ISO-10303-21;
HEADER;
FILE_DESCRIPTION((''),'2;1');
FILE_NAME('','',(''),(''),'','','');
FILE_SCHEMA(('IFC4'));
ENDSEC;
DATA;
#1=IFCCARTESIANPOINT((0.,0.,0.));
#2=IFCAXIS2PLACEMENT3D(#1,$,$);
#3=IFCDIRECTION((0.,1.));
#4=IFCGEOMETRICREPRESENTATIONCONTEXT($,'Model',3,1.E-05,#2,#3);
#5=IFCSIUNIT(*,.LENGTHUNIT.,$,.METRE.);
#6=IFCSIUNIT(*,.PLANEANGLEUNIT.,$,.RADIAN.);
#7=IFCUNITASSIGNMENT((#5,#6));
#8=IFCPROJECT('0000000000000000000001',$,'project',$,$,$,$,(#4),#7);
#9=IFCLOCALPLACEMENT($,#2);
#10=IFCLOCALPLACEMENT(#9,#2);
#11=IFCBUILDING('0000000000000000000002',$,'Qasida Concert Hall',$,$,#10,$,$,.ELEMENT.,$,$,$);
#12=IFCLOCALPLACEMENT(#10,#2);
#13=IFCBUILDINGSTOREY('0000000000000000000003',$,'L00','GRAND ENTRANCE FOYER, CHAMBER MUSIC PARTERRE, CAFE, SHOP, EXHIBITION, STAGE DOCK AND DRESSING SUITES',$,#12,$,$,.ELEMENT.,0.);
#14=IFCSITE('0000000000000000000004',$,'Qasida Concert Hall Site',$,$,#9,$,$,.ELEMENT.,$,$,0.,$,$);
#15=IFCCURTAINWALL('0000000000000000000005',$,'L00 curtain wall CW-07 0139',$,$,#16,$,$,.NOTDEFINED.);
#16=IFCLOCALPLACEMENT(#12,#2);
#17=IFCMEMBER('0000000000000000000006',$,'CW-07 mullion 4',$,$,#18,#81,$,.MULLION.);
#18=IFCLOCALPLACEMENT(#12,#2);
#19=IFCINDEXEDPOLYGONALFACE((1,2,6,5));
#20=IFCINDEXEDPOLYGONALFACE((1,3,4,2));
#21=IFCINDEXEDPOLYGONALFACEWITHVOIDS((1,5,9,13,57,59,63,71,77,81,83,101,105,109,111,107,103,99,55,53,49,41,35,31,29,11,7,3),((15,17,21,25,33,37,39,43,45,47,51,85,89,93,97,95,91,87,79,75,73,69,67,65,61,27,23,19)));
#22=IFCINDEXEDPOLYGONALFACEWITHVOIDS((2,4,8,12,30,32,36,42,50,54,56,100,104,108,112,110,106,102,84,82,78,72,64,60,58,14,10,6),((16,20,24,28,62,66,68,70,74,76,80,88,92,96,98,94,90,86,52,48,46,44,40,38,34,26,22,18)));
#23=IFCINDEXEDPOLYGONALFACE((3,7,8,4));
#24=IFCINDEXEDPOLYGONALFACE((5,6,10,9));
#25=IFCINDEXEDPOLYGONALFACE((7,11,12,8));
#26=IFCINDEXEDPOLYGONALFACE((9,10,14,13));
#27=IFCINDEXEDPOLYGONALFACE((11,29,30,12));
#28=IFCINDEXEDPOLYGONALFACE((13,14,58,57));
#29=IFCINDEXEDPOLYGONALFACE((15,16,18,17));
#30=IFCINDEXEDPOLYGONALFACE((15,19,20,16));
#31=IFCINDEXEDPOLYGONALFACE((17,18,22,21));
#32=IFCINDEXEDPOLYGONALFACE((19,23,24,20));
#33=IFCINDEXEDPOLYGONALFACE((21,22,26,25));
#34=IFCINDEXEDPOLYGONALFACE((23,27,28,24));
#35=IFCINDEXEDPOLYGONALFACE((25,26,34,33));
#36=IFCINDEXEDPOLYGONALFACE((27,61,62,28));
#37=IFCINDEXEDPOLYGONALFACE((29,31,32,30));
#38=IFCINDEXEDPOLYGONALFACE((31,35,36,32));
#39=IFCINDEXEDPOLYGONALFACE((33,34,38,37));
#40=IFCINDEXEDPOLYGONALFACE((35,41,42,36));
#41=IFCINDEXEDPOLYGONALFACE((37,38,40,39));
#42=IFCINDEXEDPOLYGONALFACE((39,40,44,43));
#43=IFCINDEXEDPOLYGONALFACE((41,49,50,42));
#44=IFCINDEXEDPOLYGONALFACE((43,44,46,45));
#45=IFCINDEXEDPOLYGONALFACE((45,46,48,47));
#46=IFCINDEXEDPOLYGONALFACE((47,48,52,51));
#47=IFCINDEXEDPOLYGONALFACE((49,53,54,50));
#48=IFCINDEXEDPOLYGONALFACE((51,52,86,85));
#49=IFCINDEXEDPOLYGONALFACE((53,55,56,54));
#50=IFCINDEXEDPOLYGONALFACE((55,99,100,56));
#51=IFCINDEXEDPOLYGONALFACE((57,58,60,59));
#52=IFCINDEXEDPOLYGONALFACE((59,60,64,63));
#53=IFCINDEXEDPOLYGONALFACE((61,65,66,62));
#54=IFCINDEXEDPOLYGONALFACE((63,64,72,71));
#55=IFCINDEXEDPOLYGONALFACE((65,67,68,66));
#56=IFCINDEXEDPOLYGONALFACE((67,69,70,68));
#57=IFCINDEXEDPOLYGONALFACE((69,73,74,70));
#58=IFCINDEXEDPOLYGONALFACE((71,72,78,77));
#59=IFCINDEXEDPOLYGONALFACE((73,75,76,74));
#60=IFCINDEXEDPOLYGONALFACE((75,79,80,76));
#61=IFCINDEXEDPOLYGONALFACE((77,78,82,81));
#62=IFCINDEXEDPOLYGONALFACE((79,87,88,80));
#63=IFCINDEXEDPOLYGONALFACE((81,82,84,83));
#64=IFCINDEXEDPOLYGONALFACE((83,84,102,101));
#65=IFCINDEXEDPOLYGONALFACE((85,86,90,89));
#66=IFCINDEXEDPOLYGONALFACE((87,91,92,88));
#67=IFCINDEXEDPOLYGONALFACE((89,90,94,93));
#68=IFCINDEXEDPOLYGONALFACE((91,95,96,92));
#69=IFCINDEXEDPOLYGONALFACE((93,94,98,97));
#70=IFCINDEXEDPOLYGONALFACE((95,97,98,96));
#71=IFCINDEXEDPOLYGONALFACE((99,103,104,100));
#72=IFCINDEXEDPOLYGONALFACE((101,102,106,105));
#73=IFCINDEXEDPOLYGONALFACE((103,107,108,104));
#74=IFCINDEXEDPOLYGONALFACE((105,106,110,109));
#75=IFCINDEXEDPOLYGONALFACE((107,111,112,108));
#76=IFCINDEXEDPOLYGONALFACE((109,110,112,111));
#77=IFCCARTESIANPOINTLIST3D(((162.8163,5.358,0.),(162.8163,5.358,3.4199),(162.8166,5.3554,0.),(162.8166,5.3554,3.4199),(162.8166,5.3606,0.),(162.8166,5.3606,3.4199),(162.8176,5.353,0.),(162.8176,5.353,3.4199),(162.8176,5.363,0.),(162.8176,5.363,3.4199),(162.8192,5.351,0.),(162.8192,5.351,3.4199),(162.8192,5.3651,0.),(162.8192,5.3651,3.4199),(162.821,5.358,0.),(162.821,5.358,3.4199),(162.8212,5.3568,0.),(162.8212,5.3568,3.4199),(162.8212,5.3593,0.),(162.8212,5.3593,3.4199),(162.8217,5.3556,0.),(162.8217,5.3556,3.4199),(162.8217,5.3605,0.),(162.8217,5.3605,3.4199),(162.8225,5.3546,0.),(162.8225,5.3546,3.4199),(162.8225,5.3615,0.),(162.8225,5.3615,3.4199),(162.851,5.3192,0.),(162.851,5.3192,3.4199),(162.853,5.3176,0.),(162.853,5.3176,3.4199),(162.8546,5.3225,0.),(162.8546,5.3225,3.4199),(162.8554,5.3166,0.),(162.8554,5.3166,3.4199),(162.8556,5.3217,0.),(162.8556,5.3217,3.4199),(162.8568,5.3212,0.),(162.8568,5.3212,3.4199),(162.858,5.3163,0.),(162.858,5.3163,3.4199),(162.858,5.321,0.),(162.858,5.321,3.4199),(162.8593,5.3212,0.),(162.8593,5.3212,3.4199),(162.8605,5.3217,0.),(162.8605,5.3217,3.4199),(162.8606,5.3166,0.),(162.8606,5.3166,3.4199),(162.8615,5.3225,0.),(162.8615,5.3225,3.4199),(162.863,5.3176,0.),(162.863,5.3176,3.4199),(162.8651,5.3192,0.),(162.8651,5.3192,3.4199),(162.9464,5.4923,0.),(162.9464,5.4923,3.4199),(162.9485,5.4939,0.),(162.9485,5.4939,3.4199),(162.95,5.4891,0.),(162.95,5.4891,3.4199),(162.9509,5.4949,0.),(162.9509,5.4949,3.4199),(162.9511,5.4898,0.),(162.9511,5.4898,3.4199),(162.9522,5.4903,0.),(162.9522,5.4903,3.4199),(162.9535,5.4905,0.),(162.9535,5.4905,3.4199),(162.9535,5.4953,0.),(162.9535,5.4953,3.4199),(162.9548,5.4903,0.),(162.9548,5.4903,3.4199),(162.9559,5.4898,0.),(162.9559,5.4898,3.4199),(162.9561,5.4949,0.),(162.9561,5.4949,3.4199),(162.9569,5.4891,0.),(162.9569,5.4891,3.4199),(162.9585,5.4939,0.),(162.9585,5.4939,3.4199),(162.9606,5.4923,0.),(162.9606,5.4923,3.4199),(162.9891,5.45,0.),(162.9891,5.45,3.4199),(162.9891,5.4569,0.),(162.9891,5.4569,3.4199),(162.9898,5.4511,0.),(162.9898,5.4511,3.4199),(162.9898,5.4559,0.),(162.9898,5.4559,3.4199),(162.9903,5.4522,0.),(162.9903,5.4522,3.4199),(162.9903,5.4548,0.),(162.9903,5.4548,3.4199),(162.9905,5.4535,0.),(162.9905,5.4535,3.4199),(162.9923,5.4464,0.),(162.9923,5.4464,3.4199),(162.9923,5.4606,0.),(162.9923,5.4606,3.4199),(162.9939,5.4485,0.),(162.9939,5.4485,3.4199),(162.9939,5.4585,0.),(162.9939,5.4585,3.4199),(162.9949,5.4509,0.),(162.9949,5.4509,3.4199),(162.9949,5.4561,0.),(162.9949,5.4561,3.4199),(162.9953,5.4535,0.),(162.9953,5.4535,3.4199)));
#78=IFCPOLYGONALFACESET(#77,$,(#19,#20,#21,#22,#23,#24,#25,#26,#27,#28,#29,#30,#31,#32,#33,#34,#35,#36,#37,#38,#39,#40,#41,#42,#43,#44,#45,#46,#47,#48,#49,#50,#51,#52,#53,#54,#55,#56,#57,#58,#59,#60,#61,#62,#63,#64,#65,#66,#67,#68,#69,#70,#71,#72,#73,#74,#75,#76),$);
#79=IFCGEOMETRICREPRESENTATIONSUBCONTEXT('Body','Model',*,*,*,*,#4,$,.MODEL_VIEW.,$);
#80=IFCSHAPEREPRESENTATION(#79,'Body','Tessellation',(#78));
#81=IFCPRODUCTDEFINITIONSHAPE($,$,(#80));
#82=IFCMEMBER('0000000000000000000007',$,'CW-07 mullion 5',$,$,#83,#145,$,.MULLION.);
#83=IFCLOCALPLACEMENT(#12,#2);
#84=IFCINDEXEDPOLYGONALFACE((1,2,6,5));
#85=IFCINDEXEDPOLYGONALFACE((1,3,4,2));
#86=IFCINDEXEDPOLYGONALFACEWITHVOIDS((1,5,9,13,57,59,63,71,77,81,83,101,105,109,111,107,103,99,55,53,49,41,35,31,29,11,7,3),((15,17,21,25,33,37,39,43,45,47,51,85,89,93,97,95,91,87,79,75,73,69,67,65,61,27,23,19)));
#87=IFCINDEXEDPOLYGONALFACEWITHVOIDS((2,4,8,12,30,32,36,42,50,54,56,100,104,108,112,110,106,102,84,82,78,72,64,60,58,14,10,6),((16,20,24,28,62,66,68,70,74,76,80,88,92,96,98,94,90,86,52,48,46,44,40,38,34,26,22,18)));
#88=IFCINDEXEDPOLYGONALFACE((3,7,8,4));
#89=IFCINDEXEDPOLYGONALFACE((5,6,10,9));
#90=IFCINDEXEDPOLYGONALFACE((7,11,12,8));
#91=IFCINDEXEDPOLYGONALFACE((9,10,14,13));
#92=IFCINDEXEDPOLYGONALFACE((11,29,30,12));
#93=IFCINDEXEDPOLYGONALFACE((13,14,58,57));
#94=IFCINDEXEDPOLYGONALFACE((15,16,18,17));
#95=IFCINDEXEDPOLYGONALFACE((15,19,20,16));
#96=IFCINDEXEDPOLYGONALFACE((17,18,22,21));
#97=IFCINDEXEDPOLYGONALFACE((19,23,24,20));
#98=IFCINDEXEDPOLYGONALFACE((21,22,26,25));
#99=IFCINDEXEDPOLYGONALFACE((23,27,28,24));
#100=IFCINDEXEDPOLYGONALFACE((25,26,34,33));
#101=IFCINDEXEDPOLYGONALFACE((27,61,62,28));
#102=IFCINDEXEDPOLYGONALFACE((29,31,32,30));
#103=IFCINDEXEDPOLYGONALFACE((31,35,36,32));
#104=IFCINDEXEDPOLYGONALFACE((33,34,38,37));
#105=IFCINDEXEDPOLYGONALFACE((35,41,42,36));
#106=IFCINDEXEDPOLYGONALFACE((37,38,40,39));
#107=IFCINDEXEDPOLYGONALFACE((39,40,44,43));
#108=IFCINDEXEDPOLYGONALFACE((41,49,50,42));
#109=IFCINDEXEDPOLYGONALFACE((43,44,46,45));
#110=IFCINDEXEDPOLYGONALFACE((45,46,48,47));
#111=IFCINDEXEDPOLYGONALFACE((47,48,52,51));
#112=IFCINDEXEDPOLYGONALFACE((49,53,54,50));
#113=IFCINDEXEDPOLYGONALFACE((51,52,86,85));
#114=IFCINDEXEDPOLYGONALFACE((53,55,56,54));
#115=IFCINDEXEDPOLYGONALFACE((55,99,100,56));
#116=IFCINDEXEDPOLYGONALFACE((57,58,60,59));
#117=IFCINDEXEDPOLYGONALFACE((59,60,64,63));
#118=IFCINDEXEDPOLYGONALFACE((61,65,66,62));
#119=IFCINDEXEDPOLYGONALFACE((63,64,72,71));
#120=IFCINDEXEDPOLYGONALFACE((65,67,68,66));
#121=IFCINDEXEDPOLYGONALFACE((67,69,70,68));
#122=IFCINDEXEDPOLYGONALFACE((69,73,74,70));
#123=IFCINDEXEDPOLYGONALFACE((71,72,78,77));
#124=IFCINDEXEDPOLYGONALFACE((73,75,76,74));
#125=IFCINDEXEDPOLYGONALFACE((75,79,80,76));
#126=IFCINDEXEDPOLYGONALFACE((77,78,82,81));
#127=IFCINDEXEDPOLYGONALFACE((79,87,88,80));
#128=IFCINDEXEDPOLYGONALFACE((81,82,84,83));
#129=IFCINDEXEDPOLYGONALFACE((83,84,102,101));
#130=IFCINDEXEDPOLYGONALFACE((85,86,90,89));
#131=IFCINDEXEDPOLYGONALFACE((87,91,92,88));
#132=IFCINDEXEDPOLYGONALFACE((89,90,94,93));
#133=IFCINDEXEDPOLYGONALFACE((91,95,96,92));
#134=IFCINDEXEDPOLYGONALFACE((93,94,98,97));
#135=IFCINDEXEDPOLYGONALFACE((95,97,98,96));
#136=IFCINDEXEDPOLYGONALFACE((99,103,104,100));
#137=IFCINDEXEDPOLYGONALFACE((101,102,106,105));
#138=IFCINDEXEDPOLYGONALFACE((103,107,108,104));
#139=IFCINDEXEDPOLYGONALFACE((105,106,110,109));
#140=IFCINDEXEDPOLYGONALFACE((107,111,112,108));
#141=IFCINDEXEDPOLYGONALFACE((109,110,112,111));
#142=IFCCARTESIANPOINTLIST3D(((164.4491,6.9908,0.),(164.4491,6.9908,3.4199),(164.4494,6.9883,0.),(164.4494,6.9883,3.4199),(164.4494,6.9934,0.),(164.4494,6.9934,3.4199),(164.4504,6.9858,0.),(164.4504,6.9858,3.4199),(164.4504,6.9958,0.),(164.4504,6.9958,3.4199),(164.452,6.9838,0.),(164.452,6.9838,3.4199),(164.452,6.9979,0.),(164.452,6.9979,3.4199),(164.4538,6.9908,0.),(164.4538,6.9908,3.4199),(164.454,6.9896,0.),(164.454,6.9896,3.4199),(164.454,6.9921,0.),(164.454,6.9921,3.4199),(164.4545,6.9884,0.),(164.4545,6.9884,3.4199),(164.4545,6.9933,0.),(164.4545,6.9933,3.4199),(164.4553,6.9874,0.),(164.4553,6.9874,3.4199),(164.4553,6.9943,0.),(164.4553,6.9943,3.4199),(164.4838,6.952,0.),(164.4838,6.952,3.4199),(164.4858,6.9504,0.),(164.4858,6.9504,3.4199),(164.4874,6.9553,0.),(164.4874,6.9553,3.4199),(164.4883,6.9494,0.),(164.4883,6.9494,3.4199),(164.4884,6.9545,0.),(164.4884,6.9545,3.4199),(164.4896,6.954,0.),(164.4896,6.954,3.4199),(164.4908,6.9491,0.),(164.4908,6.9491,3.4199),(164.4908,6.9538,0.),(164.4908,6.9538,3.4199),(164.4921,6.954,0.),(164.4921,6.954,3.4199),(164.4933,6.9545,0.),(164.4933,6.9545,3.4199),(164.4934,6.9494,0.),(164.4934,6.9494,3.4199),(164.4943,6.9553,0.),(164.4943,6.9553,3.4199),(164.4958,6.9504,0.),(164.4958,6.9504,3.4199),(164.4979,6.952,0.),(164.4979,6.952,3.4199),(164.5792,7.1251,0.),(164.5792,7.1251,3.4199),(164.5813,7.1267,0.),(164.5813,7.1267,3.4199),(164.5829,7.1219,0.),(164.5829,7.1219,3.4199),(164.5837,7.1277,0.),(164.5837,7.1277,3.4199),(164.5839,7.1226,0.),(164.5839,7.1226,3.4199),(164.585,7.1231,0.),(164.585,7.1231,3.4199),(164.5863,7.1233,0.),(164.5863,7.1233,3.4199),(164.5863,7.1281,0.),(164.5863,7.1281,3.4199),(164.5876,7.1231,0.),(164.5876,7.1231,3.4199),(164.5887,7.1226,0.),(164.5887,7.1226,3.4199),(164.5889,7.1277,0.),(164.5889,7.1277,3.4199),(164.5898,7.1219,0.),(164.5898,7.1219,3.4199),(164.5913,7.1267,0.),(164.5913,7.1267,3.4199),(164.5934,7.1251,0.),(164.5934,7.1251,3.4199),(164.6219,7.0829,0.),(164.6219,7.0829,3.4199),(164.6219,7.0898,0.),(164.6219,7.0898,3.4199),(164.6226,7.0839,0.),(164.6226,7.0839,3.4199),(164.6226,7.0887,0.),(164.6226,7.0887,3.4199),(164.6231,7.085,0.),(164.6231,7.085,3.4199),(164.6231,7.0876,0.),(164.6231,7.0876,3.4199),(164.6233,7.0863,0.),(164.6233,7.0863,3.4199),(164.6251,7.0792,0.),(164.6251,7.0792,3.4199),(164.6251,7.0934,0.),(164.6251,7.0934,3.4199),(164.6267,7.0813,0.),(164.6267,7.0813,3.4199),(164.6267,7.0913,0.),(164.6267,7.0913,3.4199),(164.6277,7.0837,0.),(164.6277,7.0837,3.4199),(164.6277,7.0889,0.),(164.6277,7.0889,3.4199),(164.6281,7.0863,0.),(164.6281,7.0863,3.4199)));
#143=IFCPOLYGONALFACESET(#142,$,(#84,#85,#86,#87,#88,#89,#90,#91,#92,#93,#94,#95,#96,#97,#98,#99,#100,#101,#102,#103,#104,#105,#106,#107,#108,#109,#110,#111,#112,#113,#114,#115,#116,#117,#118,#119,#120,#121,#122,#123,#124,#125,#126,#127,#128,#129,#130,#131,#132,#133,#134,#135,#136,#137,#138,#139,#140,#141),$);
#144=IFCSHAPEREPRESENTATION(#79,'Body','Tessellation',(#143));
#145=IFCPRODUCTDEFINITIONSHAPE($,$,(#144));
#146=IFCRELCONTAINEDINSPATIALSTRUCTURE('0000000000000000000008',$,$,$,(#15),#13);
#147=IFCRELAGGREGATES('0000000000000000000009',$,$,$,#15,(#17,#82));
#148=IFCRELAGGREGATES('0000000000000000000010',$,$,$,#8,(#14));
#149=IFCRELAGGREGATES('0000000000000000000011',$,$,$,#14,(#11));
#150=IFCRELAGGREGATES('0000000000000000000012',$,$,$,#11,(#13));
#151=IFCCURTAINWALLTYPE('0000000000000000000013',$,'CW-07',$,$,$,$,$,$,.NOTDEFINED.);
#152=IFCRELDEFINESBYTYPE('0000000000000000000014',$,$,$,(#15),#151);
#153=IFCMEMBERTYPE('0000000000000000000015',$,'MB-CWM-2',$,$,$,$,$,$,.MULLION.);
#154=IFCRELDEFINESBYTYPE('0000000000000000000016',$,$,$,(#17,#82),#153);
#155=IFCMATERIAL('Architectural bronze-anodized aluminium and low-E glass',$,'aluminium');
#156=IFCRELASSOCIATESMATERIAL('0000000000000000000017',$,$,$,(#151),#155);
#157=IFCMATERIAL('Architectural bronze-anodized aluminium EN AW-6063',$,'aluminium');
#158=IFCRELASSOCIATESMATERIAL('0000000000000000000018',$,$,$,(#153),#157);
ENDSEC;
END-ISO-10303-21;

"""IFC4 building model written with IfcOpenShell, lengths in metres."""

from ifc_helpers import new_model, si_unit, direction, frame, origin, origin_2d, place, context, subcontext, project, spatial, hollow_rectangle, extrude, material, material_profile, profile_set, type_object, element, aggregate, save


model = new_model("IFC4")

# Units and contexts
model_context = context("Model", 3, precision=1e-05, world=origin(), true_north=direction((0.0, 1.0)))
body_context = subcontext(model_context, "Body", "Model", "MODEL_VIEW")
ifc_project = project(units=[si_unit("LENGTHUNIT", "METRE"), si_unit("PLANEANGLEUNIT", "RADIAN")], contexts=[model_context])

# Site, building, storey
site_placement = place(None, origin())
site = spatial("IfcSite", under=ifc_project, at=site_placement, Name="Qasida Concert Hall Site", CompositionType="ELEMENT", RefElevation=0.0)
building_placement = place(site_placement, origin())
building = spatial("IfcBuilding", under=site, at=building_placement, Name="Qasida Concert Hall", CompositionType="ELEMENT")
storey_placement = place(building_placement, origin())
storey = spatial("IfcBuildingStorey", under=building, at=storey_placement, Name="L00", Description="GRAND ENTRANCE FOYER, CHAMBER MUSIC PARTERRE, CAFE, SHOP, EXHIBITION, STAGE DOCK AND DRESSING SUITES", CompositionType="ELEMENT", Elevation=0.0)

# Curtain wall, members
ifc_material_1 = material(Name="Architectural bronze-anodized aluminium and low-E glass", Category="aluminium")
curtain_wall_type = type_object("IfcCurtainWallType", Name="CW-07", PredefinedType="NOTDEFINED", material=ifc_material_1)
curtain_wall_placement = place(storey_placement, origin())
curtain_wall = element("IfcCurtainWall", 1, at=curtain_wall_placement, inside=storey, type_object=curtain_wall_type, Name="L00 curtain wall CW-07 0139", PredefinedType="NOTDEFINED")
ifc_material_2 = material(Name="Architectural bronze-anodized aluminium EN AW-6063", Category="aluminium")
ifc_material_profile_1 = material_profile(ifc_material_2, hollow_rectangle(XDim=0.0649, YDim=0.2, WallThickness=0.0049, InnerFilletRadius=0.0049, OuterFilletRadius=0.01, at=origin_2d()), Name="CWM 200x65x5")
ifc_profile_set_1 = profile_set([ifc_material_profile_1], Name="Architectural bronze-anodized aluminium EN AW-6063")
member_type_1 = type_object("IfcMemberType", Name="MB-CWM-2", PredefinedType="MULLION", material=ifc_profile_set_1)
member_1_placement = place(storey_placement, frame((162.9058, 5.4058, 0.0), z_axis=(0.0, 0.0, 1.0), x_axis=(-0.707107, 0.707107, 0.0)))
member_1 = element("IfcMember", 2, at=member_1_placement, type_object=member_type_1, Name="CW-07 mullion 4", PredefinedType="MULLION", context=body_context, shape_type="SweptSolid", body=[
    extrude(hollow_rectangle(XDim=0.0649, YDim=0.2, WallThickness=0.0049, InnerFilletRadius=0.0049, OuterFilletRadius=0.01, at=origin_2d()), origin(), (0.0, 0.0, 1.0), 3.4199),
])
member_2_placement = place(storey_placement, frame((164.5386, 7.0386, 0.0), z_axis=(0.0, 0.0, 1.0), x_axis=(-0.707107, 0.707107, 0.0)))
member_2 = element("IfcMember", 3, at=member_2_placement, type_object=member_type_1, Name="CW-07 mullion 5", PredefinedType="MULLION", context=body_context, shape_type="SweptSolid", body=[
    extrude(hollow_rectangle(XDim=0.0649, YDim=0.2, WallThickness=0.0049, InnerFilletRadius=0.0049, OuterFilletRadius=0.01, at=origin_2d()), origin(), (0.0, 0.0, 1.0), 3.4199),
])
aggregate(curtain_wall, [member_1, member_2])

save(model, "model.ifc")
